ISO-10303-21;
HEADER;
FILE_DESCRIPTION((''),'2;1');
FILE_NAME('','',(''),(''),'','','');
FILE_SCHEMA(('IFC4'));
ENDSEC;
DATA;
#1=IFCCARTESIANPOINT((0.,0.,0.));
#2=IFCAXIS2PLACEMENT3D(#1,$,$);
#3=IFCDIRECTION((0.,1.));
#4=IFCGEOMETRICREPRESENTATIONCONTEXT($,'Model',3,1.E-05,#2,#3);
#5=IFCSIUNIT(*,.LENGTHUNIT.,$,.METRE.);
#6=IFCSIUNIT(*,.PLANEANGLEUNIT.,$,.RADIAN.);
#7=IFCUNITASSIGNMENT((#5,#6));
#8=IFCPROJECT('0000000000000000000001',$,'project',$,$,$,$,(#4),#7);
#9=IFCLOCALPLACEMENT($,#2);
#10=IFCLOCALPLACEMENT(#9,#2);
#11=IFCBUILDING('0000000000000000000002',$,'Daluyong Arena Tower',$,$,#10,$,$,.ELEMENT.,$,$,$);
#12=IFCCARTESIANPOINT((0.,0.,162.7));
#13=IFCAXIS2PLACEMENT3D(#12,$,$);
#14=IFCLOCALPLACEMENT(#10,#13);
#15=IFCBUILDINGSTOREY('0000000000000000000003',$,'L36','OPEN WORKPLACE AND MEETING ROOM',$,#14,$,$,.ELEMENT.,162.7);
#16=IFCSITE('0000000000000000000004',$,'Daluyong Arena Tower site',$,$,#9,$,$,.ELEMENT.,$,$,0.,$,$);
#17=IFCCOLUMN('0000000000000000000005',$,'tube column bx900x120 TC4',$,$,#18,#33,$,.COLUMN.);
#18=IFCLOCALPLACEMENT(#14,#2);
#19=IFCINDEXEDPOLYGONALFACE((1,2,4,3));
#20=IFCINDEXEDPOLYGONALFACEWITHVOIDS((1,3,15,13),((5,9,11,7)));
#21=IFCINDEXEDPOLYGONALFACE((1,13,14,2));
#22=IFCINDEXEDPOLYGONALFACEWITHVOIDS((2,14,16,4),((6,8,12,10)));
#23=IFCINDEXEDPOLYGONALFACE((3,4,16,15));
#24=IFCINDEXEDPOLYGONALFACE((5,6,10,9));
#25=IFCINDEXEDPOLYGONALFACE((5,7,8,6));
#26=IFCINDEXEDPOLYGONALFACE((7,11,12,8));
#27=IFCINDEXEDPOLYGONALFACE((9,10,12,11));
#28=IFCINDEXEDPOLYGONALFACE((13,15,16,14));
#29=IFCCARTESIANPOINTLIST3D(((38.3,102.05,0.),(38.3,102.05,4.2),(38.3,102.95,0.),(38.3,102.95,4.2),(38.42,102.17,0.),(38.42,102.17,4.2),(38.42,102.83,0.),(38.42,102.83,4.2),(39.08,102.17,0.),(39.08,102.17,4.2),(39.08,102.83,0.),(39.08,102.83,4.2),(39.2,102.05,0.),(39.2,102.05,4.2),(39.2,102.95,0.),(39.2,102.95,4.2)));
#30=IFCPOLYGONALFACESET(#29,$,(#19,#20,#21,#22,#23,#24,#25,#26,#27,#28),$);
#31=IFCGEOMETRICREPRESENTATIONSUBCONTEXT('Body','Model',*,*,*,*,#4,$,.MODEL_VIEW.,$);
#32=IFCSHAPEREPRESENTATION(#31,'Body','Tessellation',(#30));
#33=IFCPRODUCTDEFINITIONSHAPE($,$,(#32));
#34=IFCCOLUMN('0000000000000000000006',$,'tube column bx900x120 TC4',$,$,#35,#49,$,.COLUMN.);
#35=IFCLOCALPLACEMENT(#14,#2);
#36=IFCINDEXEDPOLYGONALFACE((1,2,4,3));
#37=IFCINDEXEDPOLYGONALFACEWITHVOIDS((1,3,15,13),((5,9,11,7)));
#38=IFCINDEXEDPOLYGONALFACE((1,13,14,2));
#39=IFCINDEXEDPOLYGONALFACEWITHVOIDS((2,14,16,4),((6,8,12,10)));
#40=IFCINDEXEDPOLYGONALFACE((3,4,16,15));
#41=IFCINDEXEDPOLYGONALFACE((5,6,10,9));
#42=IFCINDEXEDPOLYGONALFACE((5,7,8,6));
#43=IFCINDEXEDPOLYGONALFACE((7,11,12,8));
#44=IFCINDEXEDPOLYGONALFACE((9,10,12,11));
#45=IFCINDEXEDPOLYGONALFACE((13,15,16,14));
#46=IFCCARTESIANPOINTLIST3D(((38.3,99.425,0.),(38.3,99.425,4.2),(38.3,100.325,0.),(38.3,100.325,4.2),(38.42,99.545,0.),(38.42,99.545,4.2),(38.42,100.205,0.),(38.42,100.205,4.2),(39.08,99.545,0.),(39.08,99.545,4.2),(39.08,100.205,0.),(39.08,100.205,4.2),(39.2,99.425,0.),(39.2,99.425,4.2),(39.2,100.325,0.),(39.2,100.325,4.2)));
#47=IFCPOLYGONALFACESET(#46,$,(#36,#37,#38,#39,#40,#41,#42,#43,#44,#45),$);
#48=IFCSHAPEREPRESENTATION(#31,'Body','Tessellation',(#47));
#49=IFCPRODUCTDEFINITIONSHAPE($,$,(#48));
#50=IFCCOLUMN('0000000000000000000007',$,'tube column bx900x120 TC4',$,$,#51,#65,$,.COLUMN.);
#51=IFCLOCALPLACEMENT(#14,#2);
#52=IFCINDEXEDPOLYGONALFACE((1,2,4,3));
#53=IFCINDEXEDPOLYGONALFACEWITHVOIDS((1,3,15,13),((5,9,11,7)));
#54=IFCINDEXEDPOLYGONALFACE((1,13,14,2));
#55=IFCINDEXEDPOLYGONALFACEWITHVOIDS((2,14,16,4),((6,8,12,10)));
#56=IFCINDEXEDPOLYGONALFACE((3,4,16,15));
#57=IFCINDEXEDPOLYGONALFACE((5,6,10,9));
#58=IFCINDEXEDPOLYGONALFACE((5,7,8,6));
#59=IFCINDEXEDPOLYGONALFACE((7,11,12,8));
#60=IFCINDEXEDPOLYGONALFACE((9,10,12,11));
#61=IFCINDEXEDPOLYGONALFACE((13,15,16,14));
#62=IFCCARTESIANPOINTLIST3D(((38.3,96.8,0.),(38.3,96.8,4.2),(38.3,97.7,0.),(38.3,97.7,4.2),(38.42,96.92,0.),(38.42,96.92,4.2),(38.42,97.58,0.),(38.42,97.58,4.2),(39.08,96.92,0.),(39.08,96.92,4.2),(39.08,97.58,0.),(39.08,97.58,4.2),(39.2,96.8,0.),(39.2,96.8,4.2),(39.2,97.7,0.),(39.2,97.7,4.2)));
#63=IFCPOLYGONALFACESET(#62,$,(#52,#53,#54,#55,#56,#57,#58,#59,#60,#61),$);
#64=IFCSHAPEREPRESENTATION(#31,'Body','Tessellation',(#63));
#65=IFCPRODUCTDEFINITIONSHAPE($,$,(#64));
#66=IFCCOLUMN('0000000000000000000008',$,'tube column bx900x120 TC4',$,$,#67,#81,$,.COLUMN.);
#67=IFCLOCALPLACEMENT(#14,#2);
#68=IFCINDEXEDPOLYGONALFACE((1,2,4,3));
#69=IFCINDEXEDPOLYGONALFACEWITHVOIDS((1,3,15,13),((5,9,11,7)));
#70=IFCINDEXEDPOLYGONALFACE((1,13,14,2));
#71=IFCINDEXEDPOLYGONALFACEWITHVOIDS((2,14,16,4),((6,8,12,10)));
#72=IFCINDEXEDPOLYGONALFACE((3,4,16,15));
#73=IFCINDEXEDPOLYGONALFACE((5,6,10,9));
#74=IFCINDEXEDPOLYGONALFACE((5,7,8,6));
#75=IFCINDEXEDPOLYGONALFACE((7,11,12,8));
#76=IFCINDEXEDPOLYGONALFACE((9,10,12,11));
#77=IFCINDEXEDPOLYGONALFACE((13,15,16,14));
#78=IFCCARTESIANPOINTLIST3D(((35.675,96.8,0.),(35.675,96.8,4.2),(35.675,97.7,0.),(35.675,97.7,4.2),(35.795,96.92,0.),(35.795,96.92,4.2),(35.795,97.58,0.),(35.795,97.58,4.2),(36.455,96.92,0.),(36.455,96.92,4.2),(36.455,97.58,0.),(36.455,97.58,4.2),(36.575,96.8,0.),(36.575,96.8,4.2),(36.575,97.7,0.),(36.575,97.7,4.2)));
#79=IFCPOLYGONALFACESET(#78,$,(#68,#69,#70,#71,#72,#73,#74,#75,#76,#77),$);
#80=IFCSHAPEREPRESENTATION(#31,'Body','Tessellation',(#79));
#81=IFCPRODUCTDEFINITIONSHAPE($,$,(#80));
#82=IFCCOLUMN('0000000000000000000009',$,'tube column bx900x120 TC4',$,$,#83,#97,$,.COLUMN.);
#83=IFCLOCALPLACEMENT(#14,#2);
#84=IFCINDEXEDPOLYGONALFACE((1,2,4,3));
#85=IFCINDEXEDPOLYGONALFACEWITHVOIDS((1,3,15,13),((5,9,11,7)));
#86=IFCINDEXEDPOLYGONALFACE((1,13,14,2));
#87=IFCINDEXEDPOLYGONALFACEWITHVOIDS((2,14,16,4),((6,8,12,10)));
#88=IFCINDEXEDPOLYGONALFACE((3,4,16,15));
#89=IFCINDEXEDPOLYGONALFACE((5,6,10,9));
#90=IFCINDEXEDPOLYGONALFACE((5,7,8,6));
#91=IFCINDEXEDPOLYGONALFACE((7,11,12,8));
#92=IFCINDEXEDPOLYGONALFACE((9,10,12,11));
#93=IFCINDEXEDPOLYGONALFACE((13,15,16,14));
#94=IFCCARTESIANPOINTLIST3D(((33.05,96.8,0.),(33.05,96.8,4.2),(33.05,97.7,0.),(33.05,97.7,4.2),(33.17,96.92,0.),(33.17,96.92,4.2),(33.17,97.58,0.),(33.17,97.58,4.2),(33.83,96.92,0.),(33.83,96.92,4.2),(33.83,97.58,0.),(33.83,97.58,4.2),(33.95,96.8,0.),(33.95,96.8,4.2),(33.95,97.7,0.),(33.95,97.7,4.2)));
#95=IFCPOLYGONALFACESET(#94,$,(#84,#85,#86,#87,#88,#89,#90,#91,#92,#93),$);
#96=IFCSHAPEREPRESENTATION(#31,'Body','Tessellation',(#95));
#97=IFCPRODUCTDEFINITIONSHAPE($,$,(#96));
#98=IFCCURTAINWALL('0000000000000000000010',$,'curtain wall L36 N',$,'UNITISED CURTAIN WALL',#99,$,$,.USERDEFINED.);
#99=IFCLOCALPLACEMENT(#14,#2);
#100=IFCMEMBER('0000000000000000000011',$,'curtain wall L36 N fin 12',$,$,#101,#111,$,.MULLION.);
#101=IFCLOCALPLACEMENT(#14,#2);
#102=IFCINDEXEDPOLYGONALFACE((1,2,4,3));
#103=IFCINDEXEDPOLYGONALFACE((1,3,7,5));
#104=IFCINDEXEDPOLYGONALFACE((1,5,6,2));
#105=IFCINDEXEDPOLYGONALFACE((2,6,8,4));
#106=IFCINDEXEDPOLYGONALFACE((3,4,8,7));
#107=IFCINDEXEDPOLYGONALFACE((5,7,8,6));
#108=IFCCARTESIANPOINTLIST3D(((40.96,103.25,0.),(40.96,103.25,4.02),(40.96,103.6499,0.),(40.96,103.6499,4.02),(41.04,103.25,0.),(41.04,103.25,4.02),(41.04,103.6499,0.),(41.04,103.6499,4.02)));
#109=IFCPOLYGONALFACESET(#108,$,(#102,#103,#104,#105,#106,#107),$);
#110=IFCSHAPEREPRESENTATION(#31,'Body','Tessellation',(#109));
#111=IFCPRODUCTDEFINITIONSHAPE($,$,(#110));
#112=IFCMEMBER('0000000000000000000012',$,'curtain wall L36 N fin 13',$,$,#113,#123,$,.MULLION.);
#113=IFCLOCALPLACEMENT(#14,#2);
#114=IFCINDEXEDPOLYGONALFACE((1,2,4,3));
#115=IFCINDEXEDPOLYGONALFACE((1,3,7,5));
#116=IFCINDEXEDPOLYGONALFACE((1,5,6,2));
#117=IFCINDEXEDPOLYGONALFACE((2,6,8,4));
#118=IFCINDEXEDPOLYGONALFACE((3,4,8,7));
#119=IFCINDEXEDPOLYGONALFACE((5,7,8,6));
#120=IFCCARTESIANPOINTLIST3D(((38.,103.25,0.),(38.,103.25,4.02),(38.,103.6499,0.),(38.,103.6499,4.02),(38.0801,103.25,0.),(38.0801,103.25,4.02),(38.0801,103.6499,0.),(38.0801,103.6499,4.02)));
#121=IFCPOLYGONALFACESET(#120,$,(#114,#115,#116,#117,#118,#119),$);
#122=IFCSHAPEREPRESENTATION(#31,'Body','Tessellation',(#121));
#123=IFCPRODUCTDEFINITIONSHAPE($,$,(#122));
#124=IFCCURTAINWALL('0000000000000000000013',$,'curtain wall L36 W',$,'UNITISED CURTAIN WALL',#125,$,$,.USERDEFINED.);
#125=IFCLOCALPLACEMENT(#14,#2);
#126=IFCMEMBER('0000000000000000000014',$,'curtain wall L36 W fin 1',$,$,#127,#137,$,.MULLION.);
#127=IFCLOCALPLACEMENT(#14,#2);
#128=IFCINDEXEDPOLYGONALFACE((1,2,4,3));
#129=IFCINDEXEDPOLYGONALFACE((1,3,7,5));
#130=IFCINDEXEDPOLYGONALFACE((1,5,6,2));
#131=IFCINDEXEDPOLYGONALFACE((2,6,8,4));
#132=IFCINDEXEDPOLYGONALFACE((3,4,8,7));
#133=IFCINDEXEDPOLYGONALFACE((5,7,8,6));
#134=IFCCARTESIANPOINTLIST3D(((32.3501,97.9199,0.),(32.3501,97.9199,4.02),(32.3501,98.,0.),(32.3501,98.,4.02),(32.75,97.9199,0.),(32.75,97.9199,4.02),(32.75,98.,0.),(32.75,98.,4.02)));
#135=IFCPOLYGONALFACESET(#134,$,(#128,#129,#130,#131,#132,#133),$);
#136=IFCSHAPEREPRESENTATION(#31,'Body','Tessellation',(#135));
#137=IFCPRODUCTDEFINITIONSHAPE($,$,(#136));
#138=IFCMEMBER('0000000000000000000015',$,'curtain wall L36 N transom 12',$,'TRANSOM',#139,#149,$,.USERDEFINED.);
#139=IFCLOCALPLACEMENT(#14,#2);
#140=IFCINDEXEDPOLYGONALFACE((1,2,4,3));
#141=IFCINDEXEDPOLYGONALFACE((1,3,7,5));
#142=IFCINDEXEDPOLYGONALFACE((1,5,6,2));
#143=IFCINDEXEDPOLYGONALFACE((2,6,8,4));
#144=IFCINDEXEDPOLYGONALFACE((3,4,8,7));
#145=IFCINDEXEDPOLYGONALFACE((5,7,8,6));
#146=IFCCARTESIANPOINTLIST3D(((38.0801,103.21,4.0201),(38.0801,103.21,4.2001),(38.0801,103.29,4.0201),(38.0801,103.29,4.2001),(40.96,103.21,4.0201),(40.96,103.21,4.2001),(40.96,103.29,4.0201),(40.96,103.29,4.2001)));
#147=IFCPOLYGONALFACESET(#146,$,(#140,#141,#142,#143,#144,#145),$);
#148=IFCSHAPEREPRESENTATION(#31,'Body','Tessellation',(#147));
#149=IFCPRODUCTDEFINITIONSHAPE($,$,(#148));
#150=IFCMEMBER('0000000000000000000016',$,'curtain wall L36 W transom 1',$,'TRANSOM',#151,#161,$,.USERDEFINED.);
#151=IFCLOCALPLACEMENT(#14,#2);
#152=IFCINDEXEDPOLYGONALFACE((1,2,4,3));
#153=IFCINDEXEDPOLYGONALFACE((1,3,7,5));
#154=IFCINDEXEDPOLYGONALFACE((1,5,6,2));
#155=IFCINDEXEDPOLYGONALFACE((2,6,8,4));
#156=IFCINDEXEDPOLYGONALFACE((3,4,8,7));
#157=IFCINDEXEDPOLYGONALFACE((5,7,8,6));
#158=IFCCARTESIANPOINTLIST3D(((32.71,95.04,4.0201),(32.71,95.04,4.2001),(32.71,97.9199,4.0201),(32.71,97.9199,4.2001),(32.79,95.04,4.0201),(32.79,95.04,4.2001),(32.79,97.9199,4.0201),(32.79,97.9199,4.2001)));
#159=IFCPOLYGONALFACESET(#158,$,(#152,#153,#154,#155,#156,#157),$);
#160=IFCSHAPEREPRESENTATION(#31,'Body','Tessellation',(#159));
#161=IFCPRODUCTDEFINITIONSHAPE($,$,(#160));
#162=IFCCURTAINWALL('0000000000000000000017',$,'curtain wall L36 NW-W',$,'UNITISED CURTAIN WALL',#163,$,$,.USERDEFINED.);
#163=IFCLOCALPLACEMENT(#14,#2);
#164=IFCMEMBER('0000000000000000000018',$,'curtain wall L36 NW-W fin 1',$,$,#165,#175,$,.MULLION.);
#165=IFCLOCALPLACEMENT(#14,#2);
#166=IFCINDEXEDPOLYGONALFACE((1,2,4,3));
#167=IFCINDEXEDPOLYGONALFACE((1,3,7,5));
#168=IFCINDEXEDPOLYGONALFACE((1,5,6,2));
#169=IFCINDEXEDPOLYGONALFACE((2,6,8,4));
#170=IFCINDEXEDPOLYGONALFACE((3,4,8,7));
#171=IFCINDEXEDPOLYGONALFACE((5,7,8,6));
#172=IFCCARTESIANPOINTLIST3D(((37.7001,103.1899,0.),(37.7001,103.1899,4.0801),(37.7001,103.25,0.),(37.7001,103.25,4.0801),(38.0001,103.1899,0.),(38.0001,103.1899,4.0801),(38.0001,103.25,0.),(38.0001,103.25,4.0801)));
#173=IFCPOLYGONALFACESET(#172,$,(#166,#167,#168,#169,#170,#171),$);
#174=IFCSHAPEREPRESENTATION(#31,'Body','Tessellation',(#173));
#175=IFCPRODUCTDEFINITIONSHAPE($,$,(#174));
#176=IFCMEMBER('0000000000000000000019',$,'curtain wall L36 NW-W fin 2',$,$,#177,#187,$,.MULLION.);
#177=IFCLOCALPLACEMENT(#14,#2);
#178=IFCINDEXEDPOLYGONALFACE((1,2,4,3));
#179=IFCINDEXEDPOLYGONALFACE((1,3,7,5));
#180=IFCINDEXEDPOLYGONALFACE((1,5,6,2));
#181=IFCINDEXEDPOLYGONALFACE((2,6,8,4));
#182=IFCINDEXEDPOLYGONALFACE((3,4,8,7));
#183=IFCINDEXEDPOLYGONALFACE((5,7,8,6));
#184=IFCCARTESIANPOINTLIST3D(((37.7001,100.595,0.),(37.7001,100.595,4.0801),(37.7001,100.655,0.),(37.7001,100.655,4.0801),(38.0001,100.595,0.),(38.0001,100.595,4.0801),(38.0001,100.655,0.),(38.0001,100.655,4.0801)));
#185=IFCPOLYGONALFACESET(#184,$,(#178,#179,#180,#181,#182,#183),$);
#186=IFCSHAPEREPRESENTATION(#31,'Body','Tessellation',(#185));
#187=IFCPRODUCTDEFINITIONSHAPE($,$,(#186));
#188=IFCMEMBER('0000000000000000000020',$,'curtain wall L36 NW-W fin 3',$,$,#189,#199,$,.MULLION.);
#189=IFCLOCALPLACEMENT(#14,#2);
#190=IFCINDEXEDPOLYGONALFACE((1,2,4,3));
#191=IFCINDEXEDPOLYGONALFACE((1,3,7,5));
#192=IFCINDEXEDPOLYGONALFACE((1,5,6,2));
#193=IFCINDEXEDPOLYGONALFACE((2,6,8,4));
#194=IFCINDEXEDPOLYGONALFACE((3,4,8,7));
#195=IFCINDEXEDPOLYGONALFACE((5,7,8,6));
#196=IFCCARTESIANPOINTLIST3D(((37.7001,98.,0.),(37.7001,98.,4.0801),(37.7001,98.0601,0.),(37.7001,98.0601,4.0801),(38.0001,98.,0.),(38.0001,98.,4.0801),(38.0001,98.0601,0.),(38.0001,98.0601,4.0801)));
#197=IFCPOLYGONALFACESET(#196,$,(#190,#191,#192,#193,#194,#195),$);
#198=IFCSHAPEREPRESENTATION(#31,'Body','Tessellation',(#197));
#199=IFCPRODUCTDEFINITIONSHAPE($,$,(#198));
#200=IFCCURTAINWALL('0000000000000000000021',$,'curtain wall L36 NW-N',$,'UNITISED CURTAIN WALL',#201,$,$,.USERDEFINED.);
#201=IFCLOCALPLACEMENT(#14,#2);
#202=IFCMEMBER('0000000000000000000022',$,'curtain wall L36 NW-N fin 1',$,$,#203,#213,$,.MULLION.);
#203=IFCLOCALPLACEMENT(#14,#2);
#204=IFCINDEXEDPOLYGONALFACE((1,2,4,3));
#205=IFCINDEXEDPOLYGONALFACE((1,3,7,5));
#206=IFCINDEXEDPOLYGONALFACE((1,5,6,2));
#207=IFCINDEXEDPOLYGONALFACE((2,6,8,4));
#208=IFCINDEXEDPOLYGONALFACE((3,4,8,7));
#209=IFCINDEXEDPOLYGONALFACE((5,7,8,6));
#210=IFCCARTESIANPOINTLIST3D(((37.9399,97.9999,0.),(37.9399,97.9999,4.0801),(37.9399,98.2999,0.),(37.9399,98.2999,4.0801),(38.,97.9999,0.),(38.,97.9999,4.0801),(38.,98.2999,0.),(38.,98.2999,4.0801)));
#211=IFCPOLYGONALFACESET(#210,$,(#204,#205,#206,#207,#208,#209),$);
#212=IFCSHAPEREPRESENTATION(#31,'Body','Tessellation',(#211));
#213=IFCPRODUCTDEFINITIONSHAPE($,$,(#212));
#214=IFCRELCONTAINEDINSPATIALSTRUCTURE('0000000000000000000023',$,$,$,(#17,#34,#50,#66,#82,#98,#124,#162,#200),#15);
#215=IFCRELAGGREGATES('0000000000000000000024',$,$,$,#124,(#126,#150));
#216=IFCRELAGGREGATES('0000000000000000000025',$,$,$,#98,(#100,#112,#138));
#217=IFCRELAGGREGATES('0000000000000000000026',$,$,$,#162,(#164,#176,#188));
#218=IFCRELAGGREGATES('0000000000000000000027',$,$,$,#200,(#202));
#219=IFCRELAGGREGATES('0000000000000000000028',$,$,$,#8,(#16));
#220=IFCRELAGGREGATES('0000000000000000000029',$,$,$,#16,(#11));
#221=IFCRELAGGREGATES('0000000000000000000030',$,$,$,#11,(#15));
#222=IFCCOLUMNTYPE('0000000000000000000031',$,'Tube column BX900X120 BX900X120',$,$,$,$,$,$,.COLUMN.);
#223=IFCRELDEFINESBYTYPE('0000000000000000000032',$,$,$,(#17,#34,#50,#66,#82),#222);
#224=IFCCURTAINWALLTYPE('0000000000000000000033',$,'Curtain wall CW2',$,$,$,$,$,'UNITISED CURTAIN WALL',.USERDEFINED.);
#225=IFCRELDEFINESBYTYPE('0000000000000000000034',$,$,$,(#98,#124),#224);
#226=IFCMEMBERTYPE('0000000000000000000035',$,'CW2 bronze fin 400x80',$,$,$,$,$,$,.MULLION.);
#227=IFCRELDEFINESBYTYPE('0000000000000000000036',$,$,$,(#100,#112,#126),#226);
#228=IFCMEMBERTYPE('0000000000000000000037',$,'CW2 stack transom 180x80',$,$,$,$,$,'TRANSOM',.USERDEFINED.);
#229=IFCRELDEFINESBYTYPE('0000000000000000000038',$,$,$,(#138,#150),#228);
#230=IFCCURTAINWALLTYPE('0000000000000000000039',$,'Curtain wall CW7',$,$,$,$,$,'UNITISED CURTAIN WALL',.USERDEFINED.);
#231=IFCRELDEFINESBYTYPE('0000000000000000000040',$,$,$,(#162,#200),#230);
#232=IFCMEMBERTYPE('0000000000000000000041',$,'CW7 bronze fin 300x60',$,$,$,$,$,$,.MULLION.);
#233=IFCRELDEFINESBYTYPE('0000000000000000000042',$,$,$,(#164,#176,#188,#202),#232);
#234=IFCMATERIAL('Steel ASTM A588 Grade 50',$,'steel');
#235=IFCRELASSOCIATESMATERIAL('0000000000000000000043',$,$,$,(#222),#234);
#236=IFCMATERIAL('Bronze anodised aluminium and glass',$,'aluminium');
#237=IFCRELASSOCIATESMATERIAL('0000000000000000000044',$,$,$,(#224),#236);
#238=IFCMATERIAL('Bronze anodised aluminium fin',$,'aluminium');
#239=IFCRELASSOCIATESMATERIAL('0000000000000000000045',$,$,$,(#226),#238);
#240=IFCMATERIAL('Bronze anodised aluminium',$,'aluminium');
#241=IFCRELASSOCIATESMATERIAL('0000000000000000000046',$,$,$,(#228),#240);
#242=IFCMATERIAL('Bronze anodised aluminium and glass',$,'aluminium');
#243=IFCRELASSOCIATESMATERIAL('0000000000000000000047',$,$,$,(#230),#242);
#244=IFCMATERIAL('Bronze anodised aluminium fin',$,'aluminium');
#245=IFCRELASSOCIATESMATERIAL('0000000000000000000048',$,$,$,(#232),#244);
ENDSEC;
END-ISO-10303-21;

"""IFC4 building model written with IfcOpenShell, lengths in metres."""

from ifc_helpers import new_model, si_unit, direction, frame, origin, origin_2d, place, context, subcontext, project, spatial, rectangle, hollow_rectangle, extrude, material, material_profile, profile_set, type_object, element, aggregate, save


model = new_model("IFC4")

# Units and contexts
model_context = context("Model", 3, precision=1e-05, world=origin(), true_north=direction((0.0, 1.0)))
body_context = subcontext(model_context, "Body", "Model", "MODEL_VIEW")
ifc_project = project(units=[si_unit("LENGTHUNIT", "METRE"), si_unit("PLANEANGLEUNIT", "RADIAN")], contexts=[model_context])

# Site, building, storey
site_placement = place(None, origin())
site = spatial("IfcSite", under=ifc_project, at=site_placement, Name="Daluyong Arena Tower site", CompositionType="ELEMENT", RefElevation=0.0)
building_placement = place(site_placement, origin())
building = spatial("IfcBuilding", under=site, at=building_placement, Name="Daluyong Arena Tower", CompositionType="ELEMENT")
storey_placement = place(building_placement, frame((0.0, 0.0, 162.7)))
storey = spatial("IfcBuildingStorey", under=building, at=storey_placement, Name="L36", Description="OPEN WORKPLACE AND MEETING ROOM", CompositionType="ELEMENT", Elevation=162.7)

# Columns
ifc_material_1 = material(Name="Steel ASTM A588 Grade 50", Category="steel")
ifc_material_profile_1 = material_profile(ifc_material_1, hollow_rectangle(XDim=0.8999, YDim=0.8999, WallThickness=0.12, at=origin_2d()))
ifc_profile_set_1 = profile_set([ifc_material_profile_1], Name="Steel ASTM A588 Grade 50")
column_type = type_object("IfcColumnType", Name="Tube column BX900X120 BX900X120", PredefinedType="COLUMN", material=ifc_profile_set_1)
for number, where, z_axis, x_axis, name in (
    (1, (38.75, 102.5, 0.0), (0.0, 0.0, 1.0), (0.0, 1.0, 0.0), "tube column bx900x120 TC4"),
    (2, (38.75, 99.875, 0.0), (0.0, 0.0, 1.0), (0.0, 1.0, 0.0), "tube column bx900x120 TC4"),
    (3, (38.75, 97.25, 0.0), (0.0, 0.0, 1.0), (1.0, 0.0, 0.0), "tube column bx900x120 TC4"),
    (4, (36.125, 97.25, 0.0), (0.0, 0.0, 1.0), (1.0, 0.0, 0.0), "tube column bx900x120 TC4"),
    (5, (33.5, 97.25, 0.0), (0.0, 0.0, 1.0), (0.0, 1.0, 0.0), "tube column bx900x120 TC4"),
):
    element("IfcColumn", number, at=place(storey_placement, frame(where, z_axis=z_axis, x_axis=x_axis)), inside=storey, type_object=column_type, Name=name, PredefinedType="COLUMN", context=body_context, shape_type="SweptSolid", body=[
        extrude(hollow_rectangle(XDim=0.8999, YDim=0.8999, WallThickness=0.12, at=origin_2d()), origin(), (0.0, 0.0, 1.0), 4.2),
    ])

# Curtain wall, members
ifc_material_2 = material(Name="Bronze anodised aluminium and glass", Category="aluminium")
curtain_wall_type_1 = type_object("IfcCurtainWallType", Name="Curtain wall CW2", ElementType="UNITISED CURTAIN WALL", PredefinedType="USERDEFINED", material=ifc_material_2)
curtain_wall_1_placement = place(storey_placement, origin())
curtain_wall_1 = element("IfcCurtainWall", 6, at=curtain_wall_1_placement, inside=storey, type_object=curtain_wall_type_1, Name="curtain wall L36 N", ObjectType="UNITISED CURTAIN WALL", PredefinedType="USERDEFINED")
ifc_material_3 = material(Name="Bronze anodised aluminium fin", Category="aluminium")
ifc_material_profile_2 = material_profile(ifc_material_3, rectangle(XDim=0.3999, YDim=0.0801, at=origin_2d()))
ifc_profile_set_2 = profile_set([ifc_material_profile_2], Name="Bronze anodised aluminium fin")
member_type_1 = type_object("IfcMemberType", Name="CW2 bronze fin 400x80", PredefinedType="MULLION", material=ifc_profile_set_2)
member_1_placement = place(storey_placement, frame((41.0, 103.45, 0.0), z_axis=(0.0, 0.0, 1.0), x_axis=(0.0, -1.0, 0.0)))
member_1 = element("IfcMember", 7, at=member_1_placement, type_object=member_type_1, Name="curtain wall L36 N fin 12", PredefinedType="MULLION", context=body_context, shape_type="SweptSolid", body=[
    extrude(rectangle(XDim=0.3999, YDim=0.0801, at=origin_2d()), origin(), (0.0, 0.0, 1.0), 4.02),
])
member_2_placement = place(storey_placement, frame((38.04, 103.45, 0.0), z_axis=(0.0, 0.0, 1.0), x_axis=(0.0, -1.0, 0.0)))
member_2 = element("IfcMember", 8, at=member_2_placement, type_object=member_type_1, Name="curtain wall L36 N fin 13", PredefinedType="MULLION", context=body_context, shape_type="SweptSolid", body=[
    extrude(rectangle(XDim=0.3999, YDim=0.0801, at=origin_2d()), origin(), (0.0, 0.0, 1.0), 4.02),
])

# Curtain wall, member
curtain_wall_2_placement = place(storey_placement, origin())
curtain_wall_2 = element("IfcCurtainWall", 9, at=curtain_wall_2_placement, inside=storey, type_object=curtain_wall_type_1, Name="curtain wall L36 W", ObjectType="UNITISED CURTAIN WALL", PredefinedType="USERDEFINED")
member_3_placement = place(storey_placement, frame((32.55, 97.96, 0.0), z_axis=(0.0, 0.0, 1.0), x_axis=(1.0, 0.0, 0.0)))
member_3 = element("IfcMember", 10, at=member_3_placement, type_object=member_type_1, Name="curtain wall L36 W fin 1", PredefinedType="MULLION", context=body_context, shape_type="SweptSolid", body=[
    extrude(rectangle(XDim=0.3999, YDim=0.0801, at=origin_2d()), origin(), (0.0, 0.0, 1.0), 4.02),
])

# Members
ifc_material_4 = material(Name="Bronze anodised aluminium", Category="aluminium")
ifc_material_profile_3 = material_profile(ifc_material_4, rectangle(XDim=0.0801, YDim=0.1799, at=origin_2d()))
ifc_profile_set_3 = profile_set([ifc_material_profile_3], Name="Bronze anodised aluminium")
member_type_2 = type_object("IfcMemberType", Name="CW2 stack transom 180x80", ElementType="TRANSOM", PredefinedType="USERDEFINED", material=ifc_profile_set_3)
member_4_placement = place(storey_placement, frame((40.96, 103.25, 4.1101), z_axis=(-1.0, 0.0, 0.0), x_axis=(0.0, -1.0, 0.0)))
member_4 = element("IfcMember", 11, at=member_4_placement, type_object=member_type_2, Name="curtain wall L36 N transom 12", ObjectType="TRANSOM", PredefinedType="USERDEFINED", context=body_context, shape_type="SweptSolid", body=[
    extrude(rectangle(XDim=0.0801, YDim=0.1799, at=origin_2d()), origin(), (0.0, 0.0, 1.0), 2.8799),
])
member_5_placement = place(storey_placement, frame((32.75, 97.9199, 4.1101), z_axis=(0.0, -1.0, 0.0), x_axis=(1.0, 0.0, 0.0)))
member_5 = element("IfcMember", 12, at=member_5_placement, type_object=member_type_2, Name="curtain wall L36 W transom 1", ObjectType="TRANSOM", PredefinedType="USERDEFINED", context=body_context, shape_type="SweptSolid", body=[
    extrude(rectangle(XDim=0.0801, YDim=0.1799, at=origin_2d()), origin(), (0.0, 0.0, 1.0), 2.8799),
])
aggregate(curtain_wall_2, [member_3, member_5])

# Curtain walls, members
ifc_material_5 = material(Name="Bronze anodised aluminium and glass", Category="aluminium")
curtain_wall_type_2 = type_object("IfcCurtainWallType", Name="Curtain wall CW7", ElementType="UNITISED CURTAIN WALL", PredefinedType="USERDEFINED", material=ifc_material_5)
curtain_wall_3_placement = place(storey_placement, origin())
curtain_wall_3 = element("IfcCurtainWall", 13, at=curtain_wall_3_placement, inside=storey, type_object=curtain_wall_type_2, Name="curtain wall L36 NW-W", ObjectType="UNITISED CURTAIN WALL", PredefinedType="USERDEFINED")
ifc_material_6 = material(Name="Bronze anodised aluminium fin", Category="aluminium")
ifc_material_profile_4 = material_profile(ifc_material_6, rectangle(XDim=0.3, YDim=0.0601, at=origin_2d()))
ifc_profile_set_4 = profile_set([ifc_material_profile_4], Name="Bronze anodised aluminium fin")
member_type_3 = type_object("IfcMemberType", Name="CW7 bronze fin 300x60", PredefinedType="MULLION", material=ifc_profile_set_4)
member_6_placement = place(storey_placement, frame((37.8501, 103.22, 0.0), z_axis=(0.0, 0.0, 1.0), x_axis=(1.0, 0.0, 0.0)))
member_6 = element("IfcMember", 14, at=member_6_placement, type_object=member_type_3, Name="curtain wall L36 NW-W fin 1", PredefinedType="MULLION", context=body_context, shape_type="SweptSolid", body=[
    extrude(rectangle(XDim=0.3, YDim=0.0601, at=origin_2d()), origin(), (0.0, 0.0, 1.0), 4.0801),
])
member_7_placement = place(storey_placement, frame((37.8501, 100.625, 0.0), z_axis=(0.0, 0.0, 1.0), x_axis=(1.0, 0.0, 0.0)))
member_7 = element("IfcMember", 15, at=member_7_placement, type_object=member_type_3, Name="curtain wall L36 NW-W fin 2", PredefinedType="MULLION", context=body_context, shape_type="SweptSolid", body=[
    extrude(rectangle(XDim=0.3, YDim=0.0601, at=origin_2d()), origin(), (0.0, 0.0, 1.0), 4.0801),
])
member_8_placement = place(storey_placement, frame((37.8501, 98.03, 0.0), z_axis=(0.0, 0.0, 1.0), x_axis=(1.0, 0.0, 0.0)))
member_8 = element("IfcMember", 16, at=member_8_placement, type_object=member_type_3, Name="curtain wall L36 NW-W fin 3", PredefinedType="MULLION", context=body_context, shape_type="SweptSolid", body=[
    extrude(rectangle(XDim=0.3, YDim=0.0601, at=origin_2d()), origin(), (0.0, 0.0, 1.0), 4.0801),
])
curtain_wall_4_placement = place(storey_placement, origin())
curtain_wall_4 = element("IfcCurtainWall", 17, at=curtain_wall_4_placement, inside=storey, type_object=curtain_wall_type_2, Name="curtain wall L36 NW-N", ObjectType="UNITISED CURTAIN WALL", PredefinedType="USERDEFINED")
member_9_placement = place(storey_placement, frame((37.97, 98.1499, 0.0), z_axis=(0.0, 0.0, 1.0), x_axis=(0.0, -1.0, 0.0)))
member_9 = element("IfcMember", 18, at=member_9_placement, type_object=member_type_3, Name="curtain wall L36 NW-N fin 1", PredefinedType="MULLION", context=body_context, shape_type="SweptSolid", body=[
    extrude(rectangle(XDim=0.3, YDim=0.0601, at=origin_2d()), origin(), (0.0, 0.0, 1.0), 4.0801),
])

aggregate(curtain_wall_1, [member_1, member_2, member_4])
aggregate(curtain_wall_3, [member_6, member_7, member_8])
aggregate(curtain_wall_4, [member_9])

save(model, "model.ifc")
